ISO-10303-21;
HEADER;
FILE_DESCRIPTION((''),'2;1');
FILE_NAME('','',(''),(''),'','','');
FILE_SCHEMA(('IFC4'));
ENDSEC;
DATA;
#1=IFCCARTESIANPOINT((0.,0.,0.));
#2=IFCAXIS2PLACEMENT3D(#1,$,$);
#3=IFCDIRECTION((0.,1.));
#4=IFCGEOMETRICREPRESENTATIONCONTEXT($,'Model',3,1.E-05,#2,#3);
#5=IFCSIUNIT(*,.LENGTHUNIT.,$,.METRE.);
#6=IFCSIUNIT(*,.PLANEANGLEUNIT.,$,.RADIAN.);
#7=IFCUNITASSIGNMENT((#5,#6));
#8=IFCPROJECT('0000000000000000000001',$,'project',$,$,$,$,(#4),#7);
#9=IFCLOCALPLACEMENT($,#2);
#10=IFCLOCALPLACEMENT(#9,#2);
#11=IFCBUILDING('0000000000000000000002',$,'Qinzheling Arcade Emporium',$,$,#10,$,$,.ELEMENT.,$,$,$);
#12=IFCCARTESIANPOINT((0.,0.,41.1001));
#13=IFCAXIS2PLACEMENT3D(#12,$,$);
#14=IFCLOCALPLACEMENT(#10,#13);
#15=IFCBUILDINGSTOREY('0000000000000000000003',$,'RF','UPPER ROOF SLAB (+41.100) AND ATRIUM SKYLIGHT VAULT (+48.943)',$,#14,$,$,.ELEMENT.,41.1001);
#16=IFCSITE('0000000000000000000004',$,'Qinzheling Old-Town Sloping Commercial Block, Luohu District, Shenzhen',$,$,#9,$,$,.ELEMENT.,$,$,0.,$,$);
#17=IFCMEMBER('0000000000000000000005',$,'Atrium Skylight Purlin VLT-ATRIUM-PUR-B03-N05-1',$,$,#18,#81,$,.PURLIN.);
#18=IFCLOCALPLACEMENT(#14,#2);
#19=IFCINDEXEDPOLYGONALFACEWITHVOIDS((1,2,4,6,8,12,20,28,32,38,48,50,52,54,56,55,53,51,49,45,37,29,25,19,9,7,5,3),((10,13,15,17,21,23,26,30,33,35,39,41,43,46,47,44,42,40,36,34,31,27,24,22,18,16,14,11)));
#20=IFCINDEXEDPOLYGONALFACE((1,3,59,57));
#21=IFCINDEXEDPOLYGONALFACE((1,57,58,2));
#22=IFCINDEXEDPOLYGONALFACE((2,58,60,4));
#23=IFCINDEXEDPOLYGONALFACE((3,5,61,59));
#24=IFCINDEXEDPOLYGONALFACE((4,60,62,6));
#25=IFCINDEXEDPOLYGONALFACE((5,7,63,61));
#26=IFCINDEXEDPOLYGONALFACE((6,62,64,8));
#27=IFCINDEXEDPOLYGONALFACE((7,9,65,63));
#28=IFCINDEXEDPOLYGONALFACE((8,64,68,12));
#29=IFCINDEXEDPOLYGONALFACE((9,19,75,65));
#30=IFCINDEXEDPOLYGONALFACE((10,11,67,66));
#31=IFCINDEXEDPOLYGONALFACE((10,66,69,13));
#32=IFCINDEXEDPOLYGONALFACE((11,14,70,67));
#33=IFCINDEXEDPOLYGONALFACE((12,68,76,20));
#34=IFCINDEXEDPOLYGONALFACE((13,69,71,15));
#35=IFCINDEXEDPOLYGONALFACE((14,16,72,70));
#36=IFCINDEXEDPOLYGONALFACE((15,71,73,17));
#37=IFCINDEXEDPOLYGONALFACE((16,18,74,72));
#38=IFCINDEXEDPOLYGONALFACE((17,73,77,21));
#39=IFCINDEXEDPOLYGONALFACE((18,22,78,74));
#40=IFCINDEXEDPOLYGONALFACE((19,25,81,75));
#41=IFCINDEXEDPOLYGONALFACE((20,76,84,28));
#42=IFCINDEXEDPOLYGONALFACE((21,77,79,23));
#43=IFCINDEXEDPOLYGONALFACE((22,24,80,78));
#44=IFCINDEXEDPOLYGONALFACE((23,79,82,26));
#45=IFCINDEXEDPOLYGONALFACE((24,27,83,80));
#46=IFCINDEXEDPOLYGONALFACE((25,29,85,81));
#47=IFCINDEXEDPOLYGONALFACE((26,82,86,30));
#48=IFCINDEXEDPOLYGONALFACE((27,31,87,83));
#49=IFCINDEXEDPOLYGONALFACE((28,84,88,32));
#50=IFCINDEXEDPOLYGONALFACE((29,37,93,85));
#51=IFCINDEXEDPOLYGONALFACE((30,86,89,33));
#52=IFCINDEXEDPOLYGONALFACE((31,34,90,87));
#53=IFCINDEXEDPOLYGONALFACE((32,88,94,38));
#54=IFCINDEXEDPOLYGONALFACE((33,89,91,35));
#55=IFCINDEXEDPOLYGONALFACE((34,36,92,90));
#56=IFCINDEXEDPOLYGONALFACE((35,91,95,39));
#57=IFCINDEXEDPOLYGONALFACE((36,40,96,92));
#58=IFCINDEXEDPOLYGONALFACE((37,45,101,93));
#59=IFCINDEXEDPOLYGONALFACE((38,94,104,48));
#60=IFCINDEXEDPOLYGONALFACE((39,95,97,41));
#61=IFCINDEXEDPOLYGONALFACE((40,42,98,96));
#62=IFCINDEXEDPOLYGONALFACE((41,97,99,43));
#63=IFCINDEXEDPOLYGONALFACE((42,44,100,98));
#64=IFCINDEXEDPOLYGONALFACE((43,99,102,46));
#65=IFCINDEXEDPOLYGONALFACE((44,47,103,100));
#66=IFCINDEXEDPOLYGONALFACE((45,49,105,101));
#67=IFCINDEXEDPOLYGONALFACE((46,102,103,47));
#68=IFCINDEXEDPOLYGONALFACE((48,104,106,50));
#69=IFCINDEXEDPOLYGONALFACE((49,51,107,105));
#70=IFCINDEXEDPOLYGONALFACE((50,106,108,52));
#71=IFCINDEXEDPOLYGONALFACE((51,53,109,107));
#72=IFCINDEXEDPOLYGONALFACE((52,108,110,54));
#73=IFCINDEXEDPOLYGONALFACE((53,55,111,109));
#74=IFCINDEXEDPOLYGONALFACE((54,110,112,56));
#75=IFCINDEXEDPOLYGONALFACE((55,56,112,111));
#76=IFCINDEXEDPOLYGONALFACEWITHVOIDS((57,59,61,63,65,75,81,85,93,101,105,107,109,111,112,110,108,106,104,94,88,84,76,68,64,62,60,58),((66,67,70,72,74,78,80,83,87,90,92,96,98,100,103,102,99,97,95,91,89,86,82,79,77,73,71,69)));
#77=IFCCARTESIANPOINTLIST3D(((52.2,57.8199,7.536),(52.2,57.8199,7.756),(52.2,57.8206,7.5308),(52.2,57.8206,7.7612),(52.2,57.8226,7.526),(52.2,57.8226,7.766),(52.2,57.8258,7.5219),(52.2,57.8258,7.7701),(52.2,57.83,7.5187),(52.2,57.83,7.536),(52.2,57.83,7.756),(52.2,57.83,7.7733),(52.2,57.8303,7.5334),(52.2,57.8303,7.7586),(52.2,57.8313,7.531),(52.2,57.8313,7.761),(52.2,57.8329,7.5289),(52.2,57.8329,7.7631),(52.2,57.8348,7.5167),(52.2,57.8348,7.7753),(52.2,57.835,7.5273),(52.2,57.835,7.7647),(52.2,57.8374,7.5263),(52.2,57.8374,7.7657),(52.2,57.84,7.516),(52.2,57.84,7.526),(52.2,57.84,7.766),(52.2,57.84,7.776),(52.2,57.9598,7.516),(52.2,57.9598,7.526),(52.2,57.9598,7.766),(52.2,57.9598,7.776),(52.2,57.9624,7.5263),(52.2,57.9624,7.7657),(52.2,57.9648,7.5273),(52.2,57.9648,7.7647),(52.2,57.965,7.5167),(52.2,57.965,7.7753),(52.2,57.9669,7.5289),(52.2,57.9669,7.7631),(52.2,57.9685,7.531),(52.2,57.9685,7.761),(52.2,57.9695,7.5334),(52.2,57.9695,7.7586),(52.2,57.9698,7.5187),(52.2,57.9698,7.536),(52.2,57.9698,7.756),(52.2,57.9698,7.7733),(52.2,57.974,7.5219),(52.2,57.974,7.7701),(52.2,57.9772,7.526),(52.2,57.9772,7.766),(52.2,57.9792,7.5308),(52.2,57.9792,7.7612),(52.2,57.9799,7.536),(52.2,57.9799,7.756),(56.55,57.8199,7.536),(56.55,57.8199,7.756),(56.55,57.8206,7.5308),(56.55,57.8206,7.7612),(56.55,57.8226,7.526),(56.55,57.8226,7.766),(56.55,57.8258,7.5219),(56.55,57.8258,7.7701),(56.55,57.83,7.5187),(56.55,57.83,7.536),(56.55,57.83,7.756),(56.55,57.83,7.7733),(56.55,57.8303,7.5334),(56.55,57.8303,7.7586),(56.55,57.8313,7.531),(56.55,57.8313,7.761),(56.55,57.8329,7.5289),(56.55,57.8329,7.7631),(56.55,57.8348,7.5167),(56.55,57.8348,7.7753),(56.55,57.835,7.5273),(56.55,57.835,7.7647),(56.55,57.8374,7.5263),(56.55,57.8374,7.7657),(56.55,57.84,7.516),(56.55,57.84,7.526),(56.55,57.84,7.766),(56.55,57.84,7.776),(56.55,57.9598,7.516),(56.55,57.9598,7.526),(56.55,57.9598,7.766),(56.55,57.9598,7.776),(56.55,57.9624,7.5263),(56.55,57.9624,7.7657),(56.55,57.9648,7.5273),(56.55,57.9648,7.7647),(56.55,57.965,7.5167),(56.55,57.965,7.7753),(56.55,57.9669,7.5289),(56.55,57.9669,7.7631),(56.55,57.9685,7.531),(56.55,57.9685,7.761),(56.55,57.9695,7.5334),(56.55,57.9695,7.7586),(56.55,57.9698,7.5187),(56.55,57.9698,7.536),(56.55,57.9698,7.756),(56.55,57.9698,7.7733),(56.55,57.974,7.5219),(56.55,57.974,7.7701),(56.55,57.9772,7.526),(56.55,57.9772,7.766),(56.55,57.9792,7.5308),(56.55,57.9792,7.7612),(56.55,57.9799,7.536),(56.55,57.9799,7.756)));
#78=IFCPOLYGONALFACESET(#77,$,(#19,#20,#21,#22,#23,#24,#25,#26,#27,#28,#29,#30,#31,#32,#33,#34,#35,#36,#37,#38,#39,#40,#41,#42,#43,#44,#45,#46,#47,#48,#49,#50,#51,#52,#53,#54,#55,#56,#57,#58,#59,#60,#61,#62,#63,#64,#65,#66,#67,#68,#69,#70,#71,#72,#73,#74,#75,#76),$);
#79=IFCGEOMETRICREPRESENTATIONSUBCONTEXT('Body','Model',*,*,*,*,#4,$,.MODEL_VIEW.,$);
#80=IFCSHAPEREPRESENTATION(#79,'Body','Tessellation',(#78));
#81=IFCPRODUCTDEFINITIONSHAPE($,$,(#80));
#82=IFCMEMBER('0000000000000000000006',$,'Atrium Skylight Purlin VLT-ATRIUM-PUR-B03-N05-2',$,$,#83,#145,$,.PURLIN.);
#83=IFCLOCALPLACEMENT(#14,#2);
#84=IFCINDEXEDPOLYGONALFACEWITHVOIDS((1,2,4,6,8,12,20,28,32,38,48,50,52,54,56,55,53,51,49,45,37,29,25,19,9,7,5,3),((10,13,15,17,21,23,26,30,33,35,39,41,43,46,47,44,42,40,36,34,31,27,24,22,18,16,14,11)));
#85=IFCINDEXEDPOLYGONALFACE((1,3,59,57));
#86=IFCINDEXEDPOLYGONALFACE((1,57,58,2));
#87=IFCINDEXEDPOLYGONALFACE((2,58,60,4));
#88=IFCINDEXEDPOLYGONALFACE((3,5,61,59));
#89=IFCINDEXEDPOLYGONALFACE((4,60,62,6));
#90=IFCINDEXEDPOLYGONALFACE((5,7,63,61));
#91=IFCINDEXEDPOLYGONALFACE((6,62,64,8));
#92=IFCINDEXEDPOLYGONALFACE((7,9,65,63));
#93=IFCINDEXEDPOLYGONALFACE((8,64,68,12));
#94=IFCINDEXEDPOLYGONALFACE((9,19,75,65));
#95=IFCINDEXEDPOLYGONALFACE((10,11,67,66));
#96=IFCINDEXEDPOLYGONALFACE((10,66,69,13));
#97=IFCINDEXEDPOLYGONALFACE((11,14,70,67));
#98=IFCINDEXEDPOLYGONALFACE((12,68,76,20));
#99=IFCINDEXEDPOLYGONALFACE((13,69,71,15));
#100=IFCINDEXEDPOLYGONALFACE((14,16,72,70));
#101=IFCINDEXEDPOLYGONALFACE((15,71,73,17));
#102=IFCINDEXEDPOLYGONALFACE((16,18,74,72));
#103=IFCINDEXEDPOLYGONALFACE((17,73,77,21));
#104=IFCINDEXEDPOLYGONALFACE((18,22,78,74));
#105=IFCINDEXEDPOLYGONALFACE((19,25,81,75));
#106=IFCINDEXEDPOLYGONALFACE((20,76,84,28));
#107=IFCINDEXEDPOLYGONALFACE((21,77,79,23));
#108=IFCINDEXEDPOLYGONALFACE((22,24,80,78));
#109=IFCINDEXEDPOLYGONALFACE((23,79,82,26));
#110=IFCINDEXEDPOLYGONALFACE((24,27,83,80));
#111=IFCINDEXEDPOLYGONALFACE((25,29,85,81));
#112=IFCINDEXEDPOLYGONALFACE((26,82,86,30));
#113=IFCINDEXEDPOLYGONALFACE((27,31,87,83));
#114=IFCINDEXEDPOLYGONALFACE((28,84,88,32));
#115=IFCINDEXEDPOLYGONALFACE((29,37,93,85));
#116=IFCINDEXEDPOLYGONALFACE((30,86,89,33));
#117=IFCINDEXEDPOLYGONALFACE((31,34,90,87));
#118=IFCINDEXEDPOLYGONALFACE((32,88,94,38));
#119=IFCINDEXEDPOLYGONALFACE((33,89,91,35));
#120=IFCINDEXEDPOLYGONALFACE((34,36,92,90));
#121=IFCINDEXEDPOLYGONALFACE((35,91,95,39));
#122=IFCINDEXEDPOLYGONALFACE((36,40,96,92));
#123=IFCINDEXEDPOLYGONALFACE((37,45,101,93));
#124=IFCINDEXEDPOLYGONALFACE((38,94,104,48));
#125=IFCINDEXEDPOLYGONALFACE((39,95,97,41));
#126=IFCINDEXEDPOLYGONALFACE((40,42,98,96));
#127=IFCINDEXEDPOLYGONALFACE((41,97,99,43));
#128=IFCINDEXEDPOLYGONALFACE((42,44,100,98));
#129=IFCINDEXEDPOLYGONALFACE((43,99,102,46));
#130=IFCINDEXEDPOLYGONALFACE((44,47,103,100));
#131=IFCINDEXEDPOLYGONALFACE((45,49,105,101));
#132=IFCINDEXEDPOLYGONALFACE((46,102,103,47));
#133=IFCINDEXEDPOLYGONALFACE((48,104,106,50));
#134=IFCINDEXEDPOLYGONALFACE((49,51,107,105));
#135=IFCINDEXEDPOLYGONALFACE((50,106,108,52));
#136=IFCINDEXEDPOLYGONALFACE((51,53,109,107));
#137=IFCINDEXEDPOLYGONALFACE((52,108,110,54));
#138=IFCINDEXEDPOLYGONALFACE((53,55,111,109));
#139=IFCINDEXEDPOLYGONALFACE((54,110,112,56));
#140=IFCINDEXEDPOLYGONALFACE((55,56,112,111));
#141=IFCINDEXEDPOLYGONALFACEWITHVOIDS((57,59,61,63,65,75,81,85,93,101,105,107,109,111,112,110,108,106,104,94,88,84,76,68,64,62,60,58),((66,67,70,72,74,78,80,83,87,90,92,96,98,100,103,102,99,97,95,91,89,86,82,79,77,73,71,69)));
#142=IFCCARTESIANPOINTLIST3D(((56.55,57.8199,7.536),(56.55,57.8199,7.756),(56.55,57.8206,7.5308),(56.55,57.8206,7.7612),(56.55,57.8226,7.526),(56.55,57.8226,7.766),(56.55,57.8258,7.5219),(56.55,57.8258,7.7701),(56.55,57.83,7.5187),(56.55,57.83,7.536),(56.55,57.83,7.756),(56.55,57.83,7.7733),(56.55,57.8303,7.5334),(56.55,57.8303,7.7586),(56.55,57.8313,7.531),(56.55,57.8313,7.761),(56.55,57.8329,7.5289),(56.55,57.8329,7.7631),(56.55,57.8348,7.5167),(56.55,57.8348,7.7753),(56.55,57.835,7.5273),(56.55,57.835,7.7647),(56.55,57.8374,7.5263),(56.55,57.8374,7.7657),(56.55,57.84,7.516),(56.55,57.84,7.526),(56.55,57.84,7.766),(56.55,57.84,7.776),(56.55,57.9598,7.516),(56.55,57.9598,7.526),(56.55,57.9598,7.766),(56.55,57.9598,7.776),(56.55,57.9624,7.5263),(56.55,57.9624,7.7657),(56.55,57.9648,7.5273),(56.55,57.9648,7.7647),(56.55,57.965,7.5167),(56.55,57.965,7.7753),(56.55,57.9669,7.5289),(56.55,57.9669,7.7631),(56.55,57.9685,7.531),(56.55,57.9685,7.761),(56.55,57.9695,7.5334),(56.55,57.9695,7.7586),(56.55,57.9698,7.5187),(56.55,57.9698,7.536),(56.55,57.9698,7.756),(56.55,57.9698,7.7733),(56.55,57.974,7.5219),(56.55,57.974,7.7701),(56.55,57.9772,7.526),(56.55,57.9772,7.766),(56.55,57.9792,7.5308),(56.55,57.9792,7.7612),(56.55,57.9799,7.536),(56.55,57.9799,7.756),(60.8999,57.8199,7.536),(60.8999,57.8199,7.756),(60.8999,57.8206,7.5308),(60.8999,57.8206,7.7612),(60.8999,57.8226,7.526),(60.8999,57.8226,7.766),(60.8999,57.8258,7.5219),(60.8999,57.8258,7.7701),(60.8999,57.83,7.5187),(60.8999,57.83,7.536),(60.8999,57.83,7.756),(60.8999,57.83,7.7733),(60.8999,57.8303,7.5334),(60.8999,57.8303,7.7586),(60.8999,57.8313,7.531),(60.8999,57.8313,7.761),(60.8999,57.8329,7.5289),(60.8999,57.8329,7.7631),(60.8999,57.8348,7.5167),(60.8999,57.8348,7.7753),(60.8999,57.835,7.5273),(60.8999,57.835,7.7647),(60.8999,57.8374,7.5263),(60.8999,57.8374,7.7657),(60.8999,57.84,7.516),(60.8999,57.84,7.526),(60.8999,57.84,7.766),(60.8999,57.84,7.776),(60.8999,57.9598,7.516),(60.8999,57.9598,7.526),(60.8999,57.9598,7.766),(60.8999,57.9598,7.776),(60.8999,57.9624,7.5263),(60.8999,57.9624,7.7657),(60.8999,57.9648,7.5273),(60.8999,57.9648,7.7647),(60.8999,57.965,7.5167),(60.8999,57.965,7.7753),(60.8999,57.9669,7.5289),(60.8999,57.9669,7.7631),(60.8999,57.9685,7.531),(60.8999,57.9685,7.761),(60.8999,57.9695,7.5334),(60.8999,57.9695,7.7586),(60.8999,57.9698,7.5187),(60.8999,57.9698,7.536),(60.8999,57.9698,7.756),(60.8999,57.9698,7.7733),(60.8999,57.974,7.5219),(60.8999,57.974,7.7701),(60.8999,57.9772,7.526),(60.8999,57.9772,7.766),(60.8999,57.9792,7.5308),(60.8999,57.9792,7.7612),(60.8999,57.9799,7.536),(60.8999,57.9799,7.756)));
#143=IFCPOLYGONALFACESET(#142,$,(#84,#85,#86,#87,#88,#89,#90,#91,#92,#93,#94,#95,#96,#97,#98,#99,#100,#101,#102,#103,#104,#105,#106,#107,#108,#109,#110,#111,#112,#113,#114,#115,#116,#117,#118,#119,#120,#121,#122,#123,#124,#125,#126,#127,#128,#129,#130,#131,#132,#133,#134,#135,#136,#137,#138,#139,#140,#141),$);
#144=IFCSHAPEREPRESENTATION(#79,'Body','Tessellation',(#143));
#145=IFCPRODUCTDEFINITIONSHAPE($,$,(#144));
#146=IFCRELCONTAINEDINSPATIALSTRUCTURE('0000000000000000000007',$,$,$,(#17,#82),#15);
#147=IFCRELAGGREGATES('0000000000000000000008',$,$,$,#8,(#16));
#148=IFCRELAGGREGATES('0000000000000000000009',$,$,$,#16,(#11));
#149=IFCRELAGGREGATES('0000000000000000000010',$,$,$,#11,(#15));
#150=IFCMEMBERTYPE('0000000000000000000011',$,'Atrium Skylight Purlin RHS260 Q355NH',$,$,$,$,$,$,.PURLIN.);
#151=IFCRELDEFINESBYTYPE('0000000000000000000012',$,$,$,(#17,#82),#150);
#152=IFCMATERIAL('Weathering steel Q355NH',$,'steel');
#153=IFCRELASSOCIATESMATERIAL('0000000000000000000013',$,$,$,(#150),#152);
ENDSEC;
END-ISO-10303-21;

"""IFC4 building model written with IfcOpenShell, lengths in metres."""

from ifc_helpers import new_model, si_unit, direction, frame, origin, origin_2d, place, context, subcontext, project, spatial, hollow_rectangle, extrude, material, material_profile, profile_set, type_object, element, save


model = new_model("IFC4")

# Units and contexts
model_context = context("Model", 3, precision=1e-05, world=origin(), true_north=direction((0.0, 1.0)))
body_context = subcontext(model_context, "Body", "Model", "MODEL_VIEW")
ifc_project = project(units=[si_unit("LENGTHUNIT", "METRE"), si_unit("PLANEANGLEUNIT", "RADIAN")], contexts=[model_context])

# Site, building, storey
site_placement = place(None, origin())
site = spatial("IfcSite", under=ifc_project, at=site_placement, Name="Qinzheling Old-Town Sloping Commercial Block, Luohu District, Shenzhen", CompositionType="ELEMENT", RefElevation=0.0)
building_placement = place(site_placement, origin())
building = spatial("IfcBuilding", under=site, at=building_placement, Name="Qinzheling Arcade Emporium", CompositionType="ELEMENT")
storey_placement = place(building_placement, frame((0.0, 0.0, 41.1001)))
storey = spatial("IfcBuildingStorey", under=building, at=storey_placement, Name="RF", Description="UPPER ROOF SLAB (+41.100) AND ATRIUM SKYLIGHT VAULT (+48.943)", CompositionType="ELEMENT", Elevation=41.1001)

# Shared definitions
ifc_material_1 = material(Name="Weathering steel Q355NH", Category="steel")

# Members
ifc_material_profile_1 = material_profile(ifc_material_1, hollow_rectangle(XDim=0.1599, YDim=0.26, WallThickness=0.01, InnerFilletRadius=0.01, OuterFilletRadius=0.02, at=origin_2d()), Name="RHS 260x160x10", Category="steel")
ifc_profile_set_1 = profile_set([ifc_material_profile_1], Name="Weathering steel Q355NH")
member_type = type_object("IfcMemberType", Name="Atrium Skylight Purlin RHS260 Q355NH", PredefinedType="PURLIN", material=ifc_profile_set_1)
member_1_placement = place(storey_placement, frame((52.2, 57.8999, 7.646), z_axis=(1.0, 0.0, 0.0), x_axis=(0.0, 1.0, 0.0)))
element("IfcMember", 1, at=member_1_placement, inside=storey, type_object=member_type, Name="Atrium Skylight Purlin VLT-ATRIUM-PUR-B03-N05-1", PredefinedType="PURLIN", context=body_context, shape_type="SweptSolid", body=[
    extrude(hollow_rectangle(XDim=0.1599, YDim=0.26, WallThickness=0.01, InnerFilletRadius=0.01, OuterFilletRadius=0.02, at=origin_2d()), origin(), (0.0, 0.0, 1.0), 4.3501),
])
member_2_placement = place(storey_placement, frame((56.55, 57.8999, 7.646), z_axis=(1.0, 0.0, 0.0), x_axis=(0.0, 1.0, 0.0)))
element("IfcMember", 2, at=member_2_placement, inside=storey, type_object=member_type, Name="Atrium Skylight Purlin VLT-ATRIUM-PUR-B03-N05-2", PredefinedType="PURLIN", context=body_context, shape_type="SweptSolid", body=[
    extrude(hollow_rectangle(XDim=0.1599, YDim=0.26, WallThickness=0.01, InnerFilletRadius=0.01, OuterFilletRadius=0.02, at=origin_2d()), origin(), (0.0, 0.0, 1.0), 4.3499),
])

save(model, "model.ifc")
